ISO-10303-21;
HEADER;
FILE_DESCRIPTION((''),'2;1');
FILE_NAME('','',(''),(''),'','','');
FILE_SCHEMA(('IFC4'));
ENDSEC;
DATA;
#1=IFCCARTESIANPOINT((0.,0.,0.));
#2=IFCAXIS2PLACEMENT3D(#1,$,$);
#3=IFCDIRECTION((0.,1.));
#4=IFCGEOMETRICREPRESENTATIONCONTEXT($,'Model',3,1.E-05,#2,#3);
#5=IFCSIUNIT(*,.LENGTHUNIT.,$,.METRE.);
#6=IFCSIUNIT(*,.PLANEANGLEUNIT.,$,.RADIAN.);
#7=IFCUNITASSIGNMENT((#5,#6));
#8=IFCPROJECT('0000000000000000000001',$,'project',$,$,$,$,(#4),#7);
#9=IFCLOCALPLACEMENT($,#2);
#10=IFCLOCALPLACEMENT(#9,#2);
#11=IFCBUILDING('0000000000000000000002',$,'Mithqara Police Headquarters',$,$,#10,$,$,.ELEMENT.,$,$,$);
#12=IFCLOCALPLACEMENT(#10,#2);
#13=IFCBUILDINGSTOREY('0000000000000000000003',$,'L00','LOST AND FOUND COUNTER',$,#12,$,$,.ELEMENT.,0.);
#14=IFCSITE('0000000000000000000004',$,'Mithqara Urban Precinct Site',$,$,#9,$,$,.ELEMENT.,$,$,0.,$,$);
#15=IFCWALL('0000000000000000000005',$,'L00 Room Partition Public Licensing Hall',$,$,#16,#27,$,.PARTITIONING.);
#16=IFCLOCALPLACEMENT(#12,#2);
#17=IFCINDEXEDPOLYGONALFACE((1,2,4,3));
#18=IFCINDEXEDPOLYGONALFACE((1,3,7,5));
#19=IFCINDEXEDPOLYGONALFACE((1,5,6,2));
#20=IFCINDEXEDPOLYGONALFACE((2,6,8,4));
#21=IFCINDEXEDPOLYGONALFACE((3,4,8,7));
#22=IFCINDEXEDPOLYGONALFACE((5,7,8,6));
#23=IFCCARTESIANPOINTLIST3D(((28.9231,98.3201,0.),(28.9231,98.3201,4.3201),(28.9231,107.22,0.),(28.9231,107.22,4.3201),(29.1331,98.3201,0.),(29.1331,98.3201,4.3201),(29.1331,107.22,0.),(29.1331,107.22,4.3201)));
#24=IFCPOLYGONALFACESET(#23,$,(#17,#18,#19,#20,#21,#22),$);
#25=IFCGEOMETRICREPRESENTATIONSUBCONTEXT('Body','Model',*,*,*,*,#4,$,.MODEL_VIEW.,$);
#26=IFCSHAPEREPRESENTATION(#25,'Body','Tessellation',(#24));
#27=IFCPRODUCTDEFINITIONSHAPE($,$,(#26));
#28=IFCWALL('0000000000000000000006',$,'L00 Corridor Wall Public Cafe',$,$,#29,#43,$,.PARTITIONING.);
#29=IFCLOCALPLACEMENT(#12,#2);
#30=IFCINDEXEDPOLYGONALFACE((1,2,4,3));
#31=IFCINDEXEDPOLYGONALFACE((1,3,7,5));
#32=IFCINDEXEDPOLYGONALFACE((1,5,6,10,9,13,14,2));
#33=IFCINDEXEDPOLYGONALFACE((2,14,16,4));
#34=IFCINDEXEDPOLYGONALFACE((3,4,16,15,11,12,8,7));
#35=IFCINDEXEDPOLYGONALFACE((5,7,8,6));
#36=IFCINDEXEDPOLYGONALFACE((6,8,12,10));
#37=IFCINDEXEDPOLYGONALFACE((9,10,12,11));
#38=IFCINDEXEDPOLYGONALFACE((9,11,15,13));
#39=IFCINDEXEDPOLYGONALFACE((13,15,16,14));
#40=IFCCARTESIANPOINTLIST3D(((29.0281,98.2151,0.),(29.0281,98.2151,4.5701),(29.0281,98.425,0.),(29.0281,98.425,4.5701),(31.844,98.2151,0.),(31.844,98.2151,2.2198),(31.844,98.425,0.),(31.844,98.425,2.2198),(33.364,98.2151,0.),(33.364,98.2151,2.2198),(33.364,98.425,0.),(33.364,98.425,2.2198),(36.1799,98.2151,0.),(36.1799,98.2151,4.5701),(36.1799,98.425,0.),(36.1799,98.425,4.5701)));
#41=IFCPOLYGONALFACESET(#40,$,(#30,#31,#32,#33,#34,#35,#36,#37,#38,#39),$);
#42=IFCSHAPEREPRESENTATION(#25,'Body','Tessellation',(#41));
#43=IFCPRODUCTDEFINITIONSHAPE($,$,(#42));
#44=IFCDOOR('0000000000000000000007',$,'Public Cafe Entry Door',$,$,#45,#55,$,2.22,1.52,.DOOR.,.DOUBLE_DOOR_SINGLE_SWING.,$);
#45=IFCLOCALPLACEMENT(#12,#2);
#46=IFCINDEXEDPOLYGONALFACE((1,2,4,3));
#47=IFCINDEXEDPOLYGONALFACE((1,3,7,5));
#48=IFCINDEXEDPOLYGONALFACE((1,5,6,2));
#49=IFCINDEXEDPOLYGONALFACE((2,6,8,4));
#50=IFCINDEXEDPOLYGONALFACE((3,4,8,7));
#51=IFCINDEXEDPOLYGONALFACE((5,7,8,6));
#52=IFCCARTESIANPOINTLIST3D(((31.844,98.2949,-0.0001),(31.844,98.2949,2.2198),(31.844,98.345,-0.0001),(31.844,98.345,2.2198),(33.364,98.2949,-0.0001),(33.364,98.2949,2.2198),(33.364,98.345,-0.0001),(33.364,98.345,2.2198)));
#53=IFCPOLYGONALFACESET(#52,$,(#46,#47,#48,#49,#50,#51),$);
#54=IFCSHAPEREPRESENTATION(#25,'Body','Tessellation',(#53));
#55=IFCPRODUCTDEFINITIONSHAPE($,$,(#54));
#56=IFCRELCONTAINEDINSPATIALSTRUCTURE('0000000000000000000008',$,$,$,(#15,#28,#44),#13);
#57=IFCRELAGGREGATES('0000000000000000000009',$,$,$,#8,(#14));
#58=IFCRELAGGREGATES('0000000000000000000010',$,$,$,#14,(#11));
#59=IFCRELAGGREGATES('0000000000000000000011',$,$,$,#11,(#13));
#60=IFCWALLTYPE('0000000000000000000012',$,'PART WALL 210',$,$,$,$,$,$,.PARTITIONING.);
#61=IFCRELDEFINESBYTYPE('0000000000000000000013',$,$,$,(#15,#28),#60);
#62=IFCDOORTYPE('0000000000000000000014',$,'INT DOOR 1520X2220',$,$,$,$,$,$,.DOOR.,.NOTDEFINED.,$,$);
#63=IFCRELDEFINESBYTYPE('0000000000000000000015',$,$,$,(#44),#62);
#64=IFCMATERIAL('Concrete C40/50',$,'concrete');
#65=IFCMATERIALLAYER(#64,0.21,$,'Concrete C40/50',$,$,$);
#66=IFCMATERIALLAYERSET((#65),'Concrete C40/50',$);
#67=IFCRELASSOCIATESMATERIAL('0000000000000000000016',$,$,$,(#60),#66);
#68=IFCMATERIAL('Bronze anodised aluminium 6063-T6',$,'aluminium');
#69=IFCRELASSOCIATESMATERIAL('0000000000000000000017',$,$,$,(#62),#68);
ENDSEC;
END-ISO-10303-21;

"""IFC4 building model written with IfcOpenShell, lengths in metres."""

from ifc_helpers import new_model, si_unit, direction, frame, frame_2d, origin, place, context, subcontext, project, spatial, rectangle, extrude, material, layer, layer_set, type_object, element, fill, save


model = new_model("IFC4")

# Units and contexts
model_context = context("Model", 3, precision=1e-05, world=origin(), true_north=direction((0.0, 1.0)))
body_context = subcontext(model_context, "Body", "Model", "MODEL_VIEW")
ifc_project = project(units=[si_unit("LENGTHUNIT", "METRE"), si_unit("PLANEANGLEUNIT", "RADIAN")], contexts=[model_context])

# Site, building, storey
site_placement = place(None, origin())
site = spatial("IfcSite", under=ifc_project, at=site_placement, Name="Mithqara Urban Precinct Site", CompositionType="ELEMENT", RefElevation=0.0)
building_placement = place(site_placement, origin())
building = spatial("IfcBuilding", under=site, at=building_placement, Name="Mithqara Police Headquarters", CompositionType="ELEMENT")
storey_placement = place(building_placement, origin())
storey = spatial("IfcBuildingStorey", under=building, at=storey_placement, Name="L00", Description="LOST AND FOUND COUNTER", CompositionType="ELEMENT", Elevation=0.0)

# Shared definitions
ifc_material_1 = material(Name="Concrete C40/50", Category="concrete")

# Wall
ifc_layer = layer(ifc_material_1, 0.21, Name="Concrete C40/50")
ifc_layer_set = layer_set([ifc_layer], Name="Concrete C40/50")
wall_type = type_object("IfcWallType", Name="PART WALL 210", PredefinedType="PARTITIONING", material=ifc_layer_set)
wall_1_placement = place(storey_placement, frame((29.0281, 98.3201, 0.0), z_axis=(0.0, 0.0, 1.0), x_axis=(0.0, 1.0, 0.0)))
element("IfcWall", 1, at=wall_1_placement, inside=storey, type_object=wall_type, Name="L00 Room Partition Public Licensing Hall", PredefinedType="PARTITIONING", context=body_context, shape_type="SweptSolid", body=[
    extrude(rectangle(XDim=8.8999, YDim=0.21, at=frame_2d((4.45, 0.0))), origin(), (0.0, 0.0, 1.0), 4.3201),
])

# Wall, opening, door
wall_2_placement = place(storey_placement, frame((29.0281, 98.3201, 0.0), z_axis=(0.0, 0.0, 1.0), x_axis=(1.0, 0.0, 0.0)))
wall_2 = element("IfcWall", 2, at=wall_2_placement, inside=storey, type_object=wall_type, Name="L00 Corridor Wall Public Cafe", PredefinedType="PARTITIONING", context=body_context, shape_type="SweptSolid", body=[
    extrude(rectangle(XDim=7.1519, YDim=0.21, at=frame_2d((3.5759, 0.0))), origin(), (0.0, 0.0, 1.0), 4.5701),
])
opening_placement = place(wall_2_placement, frame((2.8159, 0.0, 0.0)))
opening = element("IfcOpeningElement", 3, at=opening_placement, cuts=wall_2, PredefinedType="OPENING", context=body_context, shape_type="SweptSolid", body=[
    extrude(rectangle(XDim=1.52, YDim=2.22, at=frame_2d((0.76, 1.1099))), frame((0.0, 0.115, 0.0), z_axis=(0.0, -1.0, 0.0), x_axis=(1.0, 0.0, 0.0)), (0.0, 0.0, 1.0), 0.23),
])
ifc_material_2 = material(Name="Bronze anodised aluminium 6063-T6", Category="aluminium")
door_type = type_object("IfcDoorType", Name="INT DOOR 1520X2220", OperationType="NOTDEFINED", PredefinedType="DOOR", material=ifc_material_2)
door_placement = place(opening_placement, origin())
door = element("IfcDoor", 4, at=door_placement, inside=storey, type_object=door_type, Name="Public Cafe Entry Door", OperationType="DOUBLE_DOOR_SINGLE_SWING", OverallHeight=2.22, OverallWidth=1.52, PredefinedType="DOOR", context=body_context, shape_type="SweptSolid", body=[
    extrude(rectangle(XDim=1.52, YDim=2.22, at=frame_2d((0.76, 1.1099))), frame((0.0, 0.0249, 0.0), z_axis=(0.0, -1.0, 0.0), x_axis=(1.0, 0.0, 0.0)), (0.0, 0.0, 1.0), 0.05),
])
fill(opening, door)

save(model, "model.ifc")
